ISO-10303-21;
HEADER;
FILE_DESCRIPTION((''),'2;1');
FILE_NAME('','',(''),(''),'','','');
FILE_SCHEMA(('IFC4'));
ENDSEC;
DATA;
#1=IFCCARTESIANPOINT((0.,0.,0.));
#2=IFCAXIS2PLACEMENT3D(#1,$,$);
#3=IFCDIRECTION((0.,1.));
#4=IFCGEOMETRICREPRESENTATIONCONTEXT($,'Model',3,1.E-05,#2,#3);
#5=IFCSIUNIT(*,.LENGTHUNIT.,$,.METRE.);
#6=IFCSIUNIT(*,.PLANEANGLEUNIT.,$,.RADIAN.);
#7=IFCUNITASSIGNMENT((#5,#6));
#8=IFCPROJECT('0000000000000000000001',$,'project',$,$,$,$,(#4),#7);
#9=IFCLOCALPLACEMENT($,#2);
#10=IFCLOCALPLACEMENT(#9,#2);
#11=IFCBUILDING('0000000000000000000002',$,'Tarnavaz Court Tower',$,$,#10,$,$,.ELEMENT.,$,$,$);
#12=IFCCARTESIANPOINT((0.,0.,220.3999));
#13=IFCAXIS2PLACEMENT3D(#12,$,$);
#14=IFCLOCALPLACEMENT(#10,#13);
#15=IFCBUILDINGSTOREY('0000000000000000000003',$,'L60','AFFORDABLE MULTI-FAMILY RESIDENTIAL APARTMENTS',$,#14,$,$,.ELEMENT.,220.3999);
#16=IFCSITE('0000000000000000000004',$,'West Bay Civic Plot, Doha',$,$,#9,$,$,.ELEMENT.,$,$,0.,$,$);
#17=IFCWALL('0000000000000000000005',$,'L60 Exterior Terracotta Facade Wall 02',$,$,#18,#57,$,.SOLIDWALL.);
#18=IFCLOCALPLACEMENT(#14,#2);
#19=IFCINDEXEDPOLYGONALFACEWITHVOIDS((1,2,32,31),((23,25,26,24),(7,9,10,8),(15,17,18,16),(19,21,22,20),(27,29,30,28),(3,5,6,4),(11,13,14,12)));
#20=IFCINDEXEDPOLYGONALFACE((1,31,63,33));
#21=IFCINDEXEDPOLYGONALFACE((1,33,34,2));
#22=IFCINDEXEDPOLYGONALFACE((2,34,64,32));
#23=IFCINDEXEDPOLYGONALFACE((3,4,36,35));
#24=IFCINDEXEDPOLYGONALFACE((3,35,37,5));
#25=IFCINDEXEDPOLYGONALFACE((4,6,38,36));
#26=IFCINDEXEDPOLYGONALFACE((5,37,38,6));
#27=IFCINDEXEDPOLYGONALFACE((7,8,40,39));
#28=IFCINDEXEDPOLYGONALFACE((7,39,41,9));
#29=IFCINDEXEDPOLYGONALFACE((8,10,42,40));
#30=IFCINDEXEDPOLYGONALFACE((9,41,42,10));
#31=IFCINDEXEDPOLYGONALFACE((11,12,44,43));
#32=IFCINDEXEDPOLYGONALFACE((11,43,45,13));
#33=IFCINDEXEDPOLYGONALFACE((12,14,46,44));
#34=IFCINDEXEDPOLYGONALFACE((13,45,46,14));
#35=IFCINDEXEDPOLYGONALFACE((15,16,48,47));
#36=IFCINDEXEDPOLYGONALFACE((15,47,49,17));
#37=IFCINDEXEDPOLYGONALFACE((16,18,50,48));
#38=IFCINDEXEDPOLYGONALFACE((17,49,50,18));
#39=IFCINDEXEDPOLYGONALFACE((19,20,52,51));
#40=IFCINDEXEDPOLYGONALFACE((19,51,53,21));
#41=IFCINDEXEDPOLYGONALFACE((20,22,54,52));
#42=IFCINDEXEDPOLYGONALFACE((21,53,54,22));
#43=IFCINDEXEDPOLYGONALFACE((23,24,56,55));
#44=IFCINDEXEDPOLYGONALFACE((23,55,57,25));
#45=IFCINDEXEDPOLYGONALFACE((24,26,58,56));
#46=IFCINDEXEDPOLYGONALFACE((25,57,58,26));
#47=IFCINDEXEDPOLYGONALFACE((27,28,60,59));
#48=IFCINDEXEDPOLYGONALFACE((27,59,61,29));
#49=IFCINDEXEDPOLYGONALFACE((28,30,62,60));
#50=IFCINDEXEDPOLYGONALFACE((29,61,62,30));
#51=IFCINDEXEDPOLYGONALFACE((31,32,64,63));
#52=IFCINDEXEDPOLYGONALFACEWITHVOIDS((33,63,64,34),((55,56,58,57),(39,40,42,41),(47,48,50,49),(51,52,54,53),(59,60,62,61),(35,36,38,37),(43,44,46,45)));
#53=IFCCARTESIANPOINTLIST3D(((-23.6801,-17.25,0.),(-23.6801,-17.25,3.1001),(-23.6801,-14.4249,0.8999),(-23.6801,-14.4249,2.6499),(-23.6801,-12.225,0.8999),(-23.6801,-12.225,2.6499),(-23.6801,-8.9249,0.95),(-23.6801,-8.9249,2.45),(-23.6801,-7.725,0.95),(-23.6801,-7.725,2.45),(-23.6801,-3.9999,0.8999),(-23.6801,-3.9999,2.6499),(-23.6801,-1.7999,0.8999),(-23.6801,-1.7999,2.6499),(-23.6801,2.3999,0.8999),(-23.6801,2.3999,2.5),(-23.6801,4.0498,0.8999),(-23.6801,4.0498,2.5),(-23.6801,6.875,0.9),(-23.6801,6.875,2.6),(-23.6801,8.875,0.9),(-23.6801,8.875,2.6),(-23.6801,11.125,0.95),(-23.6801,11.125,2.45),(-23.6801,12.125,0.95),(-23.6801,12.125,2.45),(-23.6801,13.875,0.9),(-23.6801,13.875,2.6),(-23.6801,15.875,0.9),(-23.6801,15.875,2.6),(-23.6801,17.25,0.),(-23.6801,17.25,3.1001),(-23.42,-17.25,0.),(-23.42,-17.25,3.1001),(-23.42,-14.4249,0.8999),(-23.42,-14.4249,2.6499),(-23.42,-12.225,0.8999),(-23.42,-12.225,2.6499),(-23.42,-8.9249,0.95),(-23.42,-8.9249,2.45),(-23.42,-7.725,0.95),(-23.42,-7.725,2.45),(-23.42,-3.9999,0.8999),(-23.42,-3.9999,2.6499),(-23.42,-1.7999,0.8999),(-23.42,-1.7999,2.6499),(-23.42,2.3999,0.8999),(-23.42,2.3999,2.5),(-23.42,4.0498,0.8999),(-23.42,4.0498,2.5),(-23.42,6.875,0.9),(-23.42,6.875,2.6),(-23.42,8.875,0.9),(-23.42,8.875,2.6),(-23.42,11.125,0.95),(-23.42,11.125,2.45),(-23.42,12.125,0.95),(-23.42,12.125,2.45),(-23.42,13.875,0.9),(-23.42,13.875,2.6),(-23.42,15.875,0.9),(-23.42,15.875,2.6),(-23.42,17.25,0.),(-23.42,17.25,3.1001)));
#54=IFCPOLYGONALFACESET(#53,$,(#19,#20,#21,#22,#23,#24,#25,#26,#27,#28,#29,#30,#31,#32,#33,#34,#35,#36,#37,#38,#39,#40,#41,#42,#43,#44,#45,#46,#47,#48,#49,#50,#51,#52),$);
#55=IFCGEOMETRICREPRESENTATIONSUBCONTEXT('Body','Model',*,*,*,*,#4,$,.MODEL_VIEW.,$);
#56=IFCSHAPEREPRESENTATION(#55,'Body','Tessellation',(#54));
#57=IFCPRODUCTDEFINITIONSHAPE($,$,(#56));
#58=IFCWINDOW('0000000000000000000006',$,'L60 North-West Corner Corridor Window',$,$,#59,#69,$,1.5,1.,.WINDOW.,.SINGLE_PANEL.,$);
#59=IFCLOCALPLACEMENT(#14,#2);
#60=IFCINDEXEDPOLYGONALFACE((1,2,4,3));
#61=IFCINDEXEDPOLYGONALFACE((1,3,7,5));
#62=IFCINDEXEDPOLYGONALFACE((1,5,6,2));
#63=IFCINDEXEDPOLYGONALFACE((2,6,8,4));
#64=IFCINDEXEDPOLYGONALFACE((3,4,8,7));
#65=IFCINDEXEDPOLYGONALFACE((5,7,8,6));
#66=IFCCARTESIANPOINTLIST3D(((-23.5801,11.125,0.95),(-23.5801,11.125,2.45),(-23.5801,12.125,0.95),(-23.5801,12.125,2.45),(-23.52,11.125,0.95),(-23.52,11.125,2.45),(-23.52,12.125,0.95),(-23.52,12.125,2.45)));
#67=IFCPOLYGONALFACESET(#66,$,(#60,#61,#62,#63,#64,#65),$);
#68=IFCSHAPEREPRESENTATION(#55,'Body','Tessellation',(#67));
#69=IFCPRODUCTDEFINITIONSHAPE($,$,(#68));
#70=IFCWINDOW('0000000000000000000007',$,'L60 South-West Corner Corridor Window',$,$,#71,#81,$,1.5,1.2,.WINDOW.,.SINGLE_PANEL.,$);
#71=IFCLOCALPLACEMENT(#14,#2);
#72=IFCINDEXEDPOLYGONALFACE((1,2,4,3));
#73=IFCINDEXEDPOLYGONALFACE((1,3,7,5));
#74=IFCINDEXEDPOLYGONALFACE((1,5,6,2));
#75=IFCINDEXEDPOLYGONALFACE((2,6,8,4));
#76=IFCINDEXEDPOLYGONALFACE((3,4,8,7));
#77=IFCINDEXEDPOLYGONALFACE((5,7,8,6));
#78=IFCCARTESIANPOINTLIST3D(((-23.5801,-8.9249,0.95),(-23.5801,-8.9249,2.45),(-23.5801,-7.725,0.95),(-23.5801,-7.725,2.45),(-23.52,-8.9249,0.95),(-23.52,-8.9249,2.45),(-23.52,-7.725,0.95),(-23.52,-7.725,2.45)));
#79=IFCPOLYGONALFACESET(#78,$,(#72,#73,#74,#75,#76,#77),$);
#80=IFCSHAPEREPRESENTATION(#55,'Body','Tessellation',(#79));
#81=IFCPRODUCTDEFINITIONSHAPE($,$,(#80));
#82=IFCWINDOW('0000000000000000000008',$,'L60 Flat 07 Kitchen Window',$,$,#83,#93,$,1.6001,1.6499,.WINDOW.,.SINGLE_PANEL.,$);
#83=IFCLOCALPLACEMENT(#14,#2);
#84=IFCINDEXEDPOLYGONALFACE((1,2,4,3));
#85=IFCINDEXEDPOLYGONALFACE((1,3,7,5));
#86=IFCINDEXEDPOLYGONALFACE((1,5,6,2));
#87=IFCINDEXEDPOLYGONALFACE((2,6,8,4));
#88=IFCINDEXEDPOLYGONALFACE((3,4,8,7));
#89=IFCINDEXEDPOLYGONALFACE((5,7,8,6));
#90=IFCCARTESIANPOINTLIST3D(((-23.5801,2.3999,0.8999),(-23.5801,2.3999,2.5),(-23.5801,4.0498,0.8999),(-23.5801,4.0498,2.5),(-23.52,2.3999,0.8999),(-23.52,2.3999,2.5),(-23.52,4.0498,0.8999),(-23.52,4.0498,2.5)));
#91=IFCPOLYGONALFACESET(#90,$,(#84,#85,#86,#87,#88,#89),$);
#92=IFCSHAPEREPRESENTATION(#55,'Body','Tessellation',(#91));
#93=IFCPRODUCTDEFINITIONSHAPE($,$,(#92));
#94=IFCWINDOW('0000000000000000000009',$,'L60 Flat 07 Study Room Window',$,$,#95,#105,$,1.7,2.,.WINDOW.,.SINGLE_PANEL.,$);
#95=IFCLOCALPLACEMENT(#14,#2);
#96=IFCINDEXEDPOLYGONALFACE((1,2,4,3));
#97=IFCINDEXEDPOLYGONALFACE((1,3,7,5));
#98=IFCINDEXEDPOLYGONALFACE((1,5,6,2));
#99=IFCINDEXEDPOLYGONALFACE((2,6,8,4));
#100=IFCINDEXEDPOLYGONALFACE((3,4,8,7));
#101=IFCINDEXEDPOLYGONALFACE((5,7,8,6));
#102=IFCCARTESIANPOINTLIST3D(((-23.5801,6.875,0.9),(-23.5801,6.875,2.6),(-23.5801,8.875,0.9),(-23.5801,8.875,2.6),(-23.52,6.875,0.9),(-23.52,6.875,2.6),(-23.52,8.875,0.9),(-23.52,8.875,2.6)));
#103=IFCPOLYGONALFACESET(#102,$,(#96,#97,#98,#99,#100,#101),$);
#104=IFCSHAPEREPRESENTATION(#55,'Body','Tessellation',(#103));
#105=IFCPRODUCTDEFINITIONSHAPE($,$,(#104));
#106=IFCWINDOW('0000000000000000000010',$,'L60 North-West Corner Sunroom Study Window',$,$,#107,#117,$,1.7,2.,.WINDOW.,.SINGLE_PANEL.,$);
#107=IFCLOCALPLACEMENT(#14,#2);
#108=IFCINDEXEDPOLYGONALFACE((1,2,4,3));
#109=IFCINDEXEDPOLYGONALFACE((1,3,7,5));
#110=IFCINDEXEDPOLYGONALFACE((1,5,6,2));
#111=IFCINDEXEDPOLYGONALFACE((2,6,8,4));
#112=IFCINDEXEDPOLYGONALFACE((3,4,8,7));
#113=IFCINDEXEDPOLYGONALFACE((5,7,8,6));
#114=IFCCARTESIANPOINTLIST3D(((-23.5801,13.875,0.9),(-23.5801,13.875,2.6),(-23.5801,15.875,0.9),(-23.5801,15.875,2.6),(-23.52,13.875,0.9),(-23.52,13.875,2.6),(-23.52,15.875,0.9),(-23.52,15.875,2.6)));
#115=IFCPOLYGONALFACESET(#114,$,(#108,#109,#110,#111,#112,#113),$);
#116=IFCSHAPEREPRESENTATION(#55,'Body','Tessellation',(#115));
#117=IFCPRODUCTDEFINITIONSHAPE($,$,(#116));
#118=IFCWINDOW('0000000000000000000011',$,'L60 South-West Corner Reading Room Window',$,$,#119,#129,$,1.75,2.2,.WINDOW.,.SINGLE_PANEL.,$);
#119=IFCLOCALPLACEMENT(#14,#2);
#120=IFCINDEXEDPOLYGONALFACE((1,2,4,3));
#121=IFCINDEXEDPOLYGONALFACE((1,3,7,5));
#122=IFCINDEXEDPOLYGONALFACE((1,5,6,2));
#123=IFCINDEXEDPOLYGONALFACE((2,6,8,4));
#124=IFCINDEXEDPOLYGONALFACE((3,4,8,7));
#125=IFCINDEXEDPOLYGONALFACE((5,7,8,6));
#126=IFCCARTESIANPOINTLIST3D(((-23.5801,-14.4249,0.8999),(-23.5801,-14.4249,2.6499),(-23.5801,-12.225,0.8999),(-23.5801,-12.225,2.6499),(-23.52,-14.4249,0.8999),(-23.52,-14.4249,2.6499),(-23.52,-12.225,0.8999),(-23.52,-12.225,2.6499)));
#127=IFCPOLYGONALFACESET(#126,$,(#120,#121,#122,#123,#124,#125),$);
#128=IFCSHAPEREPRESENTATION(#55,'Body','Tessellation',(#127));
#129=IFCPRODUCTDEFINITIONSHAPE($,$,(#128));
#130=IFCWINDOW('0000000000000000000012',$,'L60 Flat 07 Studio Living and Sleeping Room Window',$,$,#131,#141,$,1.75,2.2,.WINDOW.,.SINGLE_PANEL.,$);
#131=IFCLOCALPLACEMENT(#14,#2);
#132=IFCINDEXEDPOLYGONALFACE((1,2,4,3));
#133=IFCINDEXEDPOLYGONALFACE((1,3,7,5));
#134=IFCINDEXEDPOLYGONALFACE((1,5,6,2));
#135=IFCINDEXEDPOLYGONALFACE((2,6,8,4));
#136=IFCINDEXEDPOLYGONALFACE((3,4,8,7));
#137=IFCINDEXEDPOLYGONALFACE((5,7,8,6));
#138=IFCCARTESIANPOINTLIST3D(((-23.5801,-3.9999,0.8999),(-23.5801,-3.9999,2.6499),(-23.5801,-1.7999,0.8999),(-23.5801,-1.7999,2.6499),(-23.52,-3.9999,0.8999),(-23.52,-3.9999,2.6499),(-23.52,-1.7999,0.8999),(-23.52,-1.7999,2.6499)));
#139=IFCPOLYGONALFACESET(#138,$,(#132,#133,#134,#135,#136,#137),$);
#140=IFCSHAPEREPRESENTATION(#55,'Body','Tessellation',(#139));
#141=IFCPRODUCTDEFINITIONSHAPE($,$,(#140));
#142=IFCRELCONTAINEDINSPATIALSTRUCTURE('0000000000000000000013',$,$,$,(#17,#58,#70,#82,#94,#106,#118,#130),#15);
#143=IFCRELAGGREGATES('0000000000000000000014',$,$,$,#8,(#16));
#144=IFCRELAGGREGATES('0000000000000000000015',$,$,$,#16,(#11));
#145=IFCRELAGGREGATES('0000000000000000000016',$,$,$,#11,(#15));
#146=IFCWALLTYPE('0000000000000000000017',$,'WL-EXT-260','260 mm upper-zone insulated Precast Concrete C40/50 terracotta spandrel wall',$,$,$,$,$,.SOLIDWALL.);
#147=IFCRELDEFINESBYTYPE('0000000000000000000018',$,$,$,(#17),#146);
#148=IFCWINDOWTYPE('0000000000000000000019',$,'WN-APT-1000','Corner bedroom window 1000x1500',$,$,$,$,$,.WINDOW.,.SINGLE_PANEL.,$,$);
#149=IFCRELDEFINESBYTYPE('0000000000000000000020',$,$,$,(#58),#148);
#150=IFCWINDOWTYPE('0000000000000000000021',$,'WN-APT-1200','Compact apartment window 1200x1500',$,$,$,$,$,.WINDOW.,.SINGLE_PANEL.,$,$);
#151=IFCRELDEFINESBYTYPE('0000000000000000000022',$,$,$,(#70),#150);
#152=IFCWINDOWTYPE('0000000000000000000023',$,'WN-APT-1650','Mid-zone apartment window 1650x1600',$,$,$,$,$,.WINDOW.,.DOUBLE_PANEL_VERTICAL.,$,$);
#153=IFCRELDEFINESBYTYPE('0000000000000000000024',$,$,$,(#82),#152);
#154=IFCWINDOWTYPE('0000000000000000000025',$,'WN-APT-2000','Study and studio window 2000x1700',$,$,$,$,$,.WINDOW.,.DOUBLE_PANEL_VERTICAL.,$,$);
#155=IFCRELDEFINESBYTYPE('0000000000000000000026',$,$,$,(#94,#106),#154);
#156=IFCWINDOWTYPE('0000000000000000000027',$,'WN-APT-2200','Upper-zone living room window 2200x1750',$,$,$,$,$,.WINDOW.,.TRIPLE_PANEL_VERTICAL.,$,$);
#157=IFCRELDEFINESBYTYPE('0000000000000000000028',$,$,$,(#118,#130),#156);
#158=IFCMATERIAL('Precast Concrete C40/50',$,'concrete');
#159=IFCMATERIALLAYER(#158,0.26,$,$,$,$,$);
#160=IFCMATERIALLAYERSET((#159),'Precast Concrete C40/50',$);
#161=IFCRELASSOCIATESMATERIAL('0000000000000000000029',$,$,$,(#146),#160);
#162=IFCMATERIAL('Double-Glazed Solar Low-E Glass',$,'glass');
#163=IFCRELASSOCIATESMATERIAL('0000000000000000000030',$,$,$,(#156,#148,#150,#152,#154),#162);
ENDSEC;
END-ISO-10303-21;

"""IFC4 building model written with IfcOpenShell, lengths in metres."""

from ifc_helpers import new_model, si_unit, direction, frame, frame_2d, origin, place, context, subcontext, project, spatial, rectangle, extrude, material, layer, layer_set, type_object, element, fill, save


model = new_model("IFC4")

# Units and contexts
model_context = context("Model", 3, precision=1e-05, world=origin(), true_north=direction((0.0, 1.0)))
body_context = subcontext(model_context, "Body", "Model", "MODEL_VIEW")
ifc_project = project(units=[si_unit("LENGTHUNIT", "METRE"), si_unit("PLANEANGLEUNIT", "RADIAN")], contexts=[model_context])

# Site, building, storey
site_placement = place(None, origin())
site = spatial("IfcSite", under=ifc_project, at=site_placement, Name="West Bay Civic Plot, Doha", CompositionType="ELEMENT", RefElevation=0.0)
building_placement = place(site_placement, origin())
building = spatial("IfcBuilding", under=site, at=building_placement, Name="Tarnavaz Court Tower", CompositionType="ELEMENT")
storey_placement = place(building_placement, frame((0.0, 0.0, 220.3999)))
storey = spatial("IfcBuildingStorey", under=building, at=storey_placement, Name="L60", Description="AFFORDABLE MULTI-FAMILY RESIDENTIAL APARTMENTS", CompositionType="ELEMENT", Elevation=220.3999)

# Shared definitions
ifc_material_1 = material(Name="Precast Concrete C40/50", Category="concrete")
ifc_layer_1 = layer(ifc_material_1, 0.26)
ifc_layer_set_1 = layer_set([ifc_layer_1], Name="Precast Concrete C40/50")
wall_type_1 = type_object("IfcWallType", Name="WL-EXT-260", Description="260 mm upper-zone insulated Precast Concrete C40/50 terracotta spandrel wall", PredefinedType="SOLIDWALL", material=ifc_layer_set_1)
ifc_material_2 = material(Name="Double-Glazed Solar Low-E Glass", Category="glass")
window_type_1 = type_object("IfcWindowType", Name="WN-APT-2200", Description="Upper-zone living room window 2200x1750", PartitioningType="TRIPLE_PANEL_VERTICAL", PredefinedType="WINDOW", material=ifc_material_2)

# Wall, openings, windows
wall_1_placement = place(storey_placement, frame((-23.55, -17.25, 0.0), z_axis=(0.0, 0.0, 1.0), x_axis=(0.0, 1.0, 0.0)))
wall_1 = element("IfcWall", 1, at=wall_1_placement, inside=storey, type_object=wall_type_1, Name="L60 Exterior Terracotta Facade Wall 02", PredefinedType="SOLIDWALL", context=body_context, shape_type="SweptSolid", body=[
    extrude(rectangle(XDim=34.5, YDim=0.26, at=frame_2d((17.25, 0.0))), origin(), (0.0, 0.0, 1.0), 3.1001),
])
opening_1_placement = place(wall_1_placement, frame((2.825, 0.0, 0.8999)))
opening_1 = element("IfcOpeningElement", 2, at=opening_1_placement, cuts=wall_1, PredefinedType="OPENING", context=body_context, shape_type="SweptSolid", body=[
    extrude(rectangle(XDim=2.2, YDim=1.75, at=frame_2d((1.1001, 0.875))), frame((0.0, 0.1399, 0.0), z_axis=(0.0, -1.0, 0.0), x_axis=(1.0, 0.0, 0.0)), (0.0, 0.0, 1.0), 0.28),
])
opening_2_placement = place(wall_1_placement, frame((8.325, 0.0, 0.95)))
opening_2 = element("IfcOpeningElement", 3, at=opening_2_placement, cuts=wall_1, PredefinedType="OPENING", context=body_context, shape_type="SweptSolid", body=[
    extrude(rectangle(XDim=1.2, YDim=1.5, at=frame_2d((0.6001, 0.75))), frame((0.0, 0.1399, 0.0), z_axis=(0.0, -1.0, 0.0), x_axis=(1.0, 0.0, 0.0)), (0.0, 0.0, 1.0), 0.28),
])
opening_3_placement = place(wall_1_placement, frame((13.25, 0.0, 0.8999)))
opening_3 = element("IfcOpeningElement", 4, at=opening_3_placement, cuts=wall_1, PredefinedType="OPENING", context=body_context, shape_type="SweptSolid", body=[
    extrude(rectangle(XDim=2.2, YDim=1.75, at=frame_2d((1.1001, 0.875))), frame((0.0, 0.1399, 0.0), z_axis=(0.0, -1.0, 0.0), x_axis=(1.0, 0.0, 0.0)), (0.0, 0.0, 1.0), 0.28),
])
opening_4_placement = place(wall_1_placement, frame((19.6499, 0.0, 0.8999)))
opening_4 = element("IfcOpeningElement", 5, at=opening_4_placement, cuts=wall_1, PredefinedType="OPENING", context=body_context, shape_type="SweptSolid", body=[
    extrude(rectangle(XDim=1.6499, YDim=1.6001, at=frame_2d((0.825, 0.8))), frame((0.0, 0.1399, 0.0), z_axis=(0.0, -1.0, 0.0), x_axis=(1.0, 0.0, 0.0)), (0.0, 0.0, 1.0), 0.28),
])
opening_5_placement = place(wall_1_placement, frame((24.125, 0.0, 0.8999)))
opening_5 = element("IfcOpeningElement", 6, at=opening_5_placement, cuts=wall_1, PredefinedType="OPENING", context=body_context, shape_type="SweptSolid", body=[
    extrude(rectangle(XDim=2.0, YDim=1.7, at=frame_2d((1.0, 0.8501))), frame((0.0, 0.1399, 0.0), z_axis=(0.0, -1.0, 0.0), x_axis=(1.0, 0.0, 0.0)), (0.0, 0.0, 1.0), 0.28),
])
opening_6_placement = place(wall_1_placement, frame((28.375, 0.0, 0.95)))
opening_6 = element("IfcOpeningElement", 7, at=opening_6_placement, cuts=wall_1, PredefinedType="OPENING", context=body_context, shape_type="SweptSolid", body=[
    extrude(rectangle(XDim=1.0, YDim=1.5, at=frame_2d((0.5, 0.75))), frame((0.0, 0.1399, 0.0), z_axis=(0.0, -1.0, 0.0), x_axis=(1.0, 0.0, 0.0)), (0.0, 0.0, 1.0), 0.28),
])
opening_7_placement = place(wall_1_placement, frame((31.125, 0.0, 0.8999)))
opening_7 = element("IfcOpeningElement", 8, at=opening_7_placement, cuts=wall_1, PredefinedType="OPENING", context=body_context, shape_type="SweptSolid", body=[
    extrude(rectangle(XDim=2.0, YDim=1.7, at=frame_2d((1.0, 0.8501))), frame((0.0, 0.1399, 0.0), z_axis=(0.0, -1.0, 0.0), x_axis=(1.0, 0.0, 0.0)), (0.0, 0.0, 1.0), 0.28),
])
window_type_2 = type_object("IfcWindowType", Name="WN-APT-1000", Description="Corner bedroom window 1000x1500", PartitioningType="SINGLE_PANEL", PredefinedType="WINDOW", material=ifc_material_2)
window_1_placement = place(opening_6_placement, origin())
window_1 = element("IfcWindow", 9, at=window_1_placement, inside=storey, type_object=window_type_2, Name="L60 North-West Corner Corridor Window", OverallHeight=1.5, OverallWidth=1.0, PartitioningType="SINGLE_PANEL", PredefinedType="WINDOW", context=body_context, shape_type="SweptSolid", body=[
    extrude(rectangle(XDim=1.0, YDim=1.5, at=frame_2d((0.5, 0.75))), frame((0.0, 0.03, 0.0), z_axis=(0.0, -1.0, 0.0), x_axis=(1.0, 0.0, 0.0)), (0.0, 0.0, 1.0), 0.0601),
])
fill(opening_6, window_1)
window_type_3 = type_object("IfcWindowType", Name="WN-APT-1200", Description="Compact apartment window 1200x1500", PartitioningType="SINGLE_PANEL", PredefinedType="WINDOW", material=ifc_material_2)
window_2_placement = place(opening_2_placement, origin())
window_2 = element("IfcWindow", 10, at=window_2_placement, inside=storey, type_object=window_type_3, Name="L60 South-West Corner Corridor Window", OverallHeight=1.5, OverallWidth=1.2, PartitioningType="SINGLE_PANEL", PredefinedType="WINDOW", context=body_context, shape_type="SweptSolid", body=[
    extrude(rectangle(XDim=1.2, YDim=1.5, at=frame_2d((0.6001, 0.75))), frame((0.0, 0.03, 0.0), z_axis=(0.0, -1.0, 0.0), x_axis=(1.0, 0.0, 0.0)), (0.0, 0.0, 1.0), 0.0601),
])
fill(opening_2, window_2)
window_type_4 = type_object("IfcWindowType", Name="WN-APT-1650", Description="Mid-zone apartment window 1650x1600", PartitioningType="DOUBLE_PANEL_VERTICAL", PredefinedType="WINDOW", material=ifc_material_2)
window_3_placement = place(opening_4_placement, origin())
window_3 = element("IfcWindow", 11, at=window_3_placement, inside=storey, type_object=window_type_4, Name="L60 Flat 07 Kitchen Window", OverallHeight=1.6001, OverallWidth=1.6499, PartitioningType="SINGLE_PANEL", PredefinedType="WINDOW", context=body_context, shape_type="SweptSolid", body=[
    extrude(rectangle(XDim=1.6499, YDim=1.6001, at=frame_2d((0.825, 0.8))), frame((0.0, 0.03, 0.0), z_axis=(0.0, -1.0, 0.0), x_axis=(1.0, 0.0, 0.0)), (0.0, 0.0, 1.0), 0.0601),
])
fill(opening_4, window_3)
window_type_5 = type_object("IfcWindowType", Name="WN-APT-2000", Description="Study and studio window 2000x1700", PartitioningType="DOUBLE_PANEL_VERTICAL", PredefinedType="WINDOW", material=ifc_material_2)
window_4_placement = place(opening_5_placement, origin())
window_4 = element("IfcWindow", 12, at=window_4_placement, inside=storey, type_object=window_type_5, Name="L60 Flat 07 Study Room Window", OverallHeight=1.7, OverallWidth=2.0, PartitioningType="SINGLE_PANEL", PredefinedType="WINDOW", context=body_context, shape_type="SweptSolid", body=[
    extrude(rectangle(XDim=2.0, YDim=1.7, at=frame_2d((1.0, 0.8501))), frame((0.0, 0.03, 0.0), z_axis=(0.0, -1.0, 0.0), x_axis=(1.0, 0.0, 0.0)), (0.0, 0.0, 1.0), 0.0601),
])
fill(opening_5, window_4)
window_5_placement = place(opening_7_placement, origin())
window_5 = element("IfcWindow", 13, at=window_5_placement, inside=storey, type_object=window_type_5, Name="L60 North-West Corner Sunroom Study Window", OverallHeight=1.7, OverallWidth=2.0, PartitioningType="SINGLE_PANEL", PredefinedType="WINDOW", context=body_context, shape_type="SweptSolid", body=[
    extrude(rectangle(XDim=2.0, YDim=1.7, at=frame_2d((1.0, 0.8501))), frame((0.0, 0.03, 0.0), z_axis=(0.0, -1.0, 0.0), x_axis=(1.0, 0.0, 0.0)), (0.0, 0.0, 1.0), 0.0601),
])
fill(opening_7, window_5)
window_6_placement = place(opening_1_placement, origin())
window_6 = element("IfcWindow", 14, at=window_6_placement, inside=storey, type_object=window_type_1, Name="L60 South-West Corner Reading Room Window", OverallHeight=1.75, OverallWidth=2.2, PartitioningType="SINGLE_PANEL", PredefinedType="WINDOW", context=body_context, shape_type="SweptSolid", body=[
    extrude(rectangle(XDim=2.2, YDim=1.75, at=frame_2d((1.1001, 0.875))), frame((0.0, 0.03, 0.0), z_axis=(0.0, -1.0, 0.0), x_axis=(1.0, 0.0, 0.0)), (0.0, 0.0, 1.0), 0.0601),
])
fill(opening_1, window_6)
window_7_placement = place(opening_3_placement, origin())
window_7 = element("IfcWindow", 15, at=window_7_placement, inside=storey, type_object=window_type_1, Name="L60 Flat 07 Studio Living and Sleeping Room Window", OverallHeight=1.75, OverallWidth=2.2, PartitioningType="SINGLE_PANEL", PredefinedType="WINDOW", context=body_context, shape_type="SweptSolid", body=[
    extrude(rectangle(XDim=2.2, YDim=1.75, at=frame_2d((1.1001, 0.875))), frame((0.0, 0.03, 0.0), z_axis=(0.0, -1.0, 0.0), x_axis=(1.0, 0.0, 0.0)), (0.0, 0.0, 1.0), 0.0601),
])
fill(opening_3, window_7)

save(model, "model.ifc")
